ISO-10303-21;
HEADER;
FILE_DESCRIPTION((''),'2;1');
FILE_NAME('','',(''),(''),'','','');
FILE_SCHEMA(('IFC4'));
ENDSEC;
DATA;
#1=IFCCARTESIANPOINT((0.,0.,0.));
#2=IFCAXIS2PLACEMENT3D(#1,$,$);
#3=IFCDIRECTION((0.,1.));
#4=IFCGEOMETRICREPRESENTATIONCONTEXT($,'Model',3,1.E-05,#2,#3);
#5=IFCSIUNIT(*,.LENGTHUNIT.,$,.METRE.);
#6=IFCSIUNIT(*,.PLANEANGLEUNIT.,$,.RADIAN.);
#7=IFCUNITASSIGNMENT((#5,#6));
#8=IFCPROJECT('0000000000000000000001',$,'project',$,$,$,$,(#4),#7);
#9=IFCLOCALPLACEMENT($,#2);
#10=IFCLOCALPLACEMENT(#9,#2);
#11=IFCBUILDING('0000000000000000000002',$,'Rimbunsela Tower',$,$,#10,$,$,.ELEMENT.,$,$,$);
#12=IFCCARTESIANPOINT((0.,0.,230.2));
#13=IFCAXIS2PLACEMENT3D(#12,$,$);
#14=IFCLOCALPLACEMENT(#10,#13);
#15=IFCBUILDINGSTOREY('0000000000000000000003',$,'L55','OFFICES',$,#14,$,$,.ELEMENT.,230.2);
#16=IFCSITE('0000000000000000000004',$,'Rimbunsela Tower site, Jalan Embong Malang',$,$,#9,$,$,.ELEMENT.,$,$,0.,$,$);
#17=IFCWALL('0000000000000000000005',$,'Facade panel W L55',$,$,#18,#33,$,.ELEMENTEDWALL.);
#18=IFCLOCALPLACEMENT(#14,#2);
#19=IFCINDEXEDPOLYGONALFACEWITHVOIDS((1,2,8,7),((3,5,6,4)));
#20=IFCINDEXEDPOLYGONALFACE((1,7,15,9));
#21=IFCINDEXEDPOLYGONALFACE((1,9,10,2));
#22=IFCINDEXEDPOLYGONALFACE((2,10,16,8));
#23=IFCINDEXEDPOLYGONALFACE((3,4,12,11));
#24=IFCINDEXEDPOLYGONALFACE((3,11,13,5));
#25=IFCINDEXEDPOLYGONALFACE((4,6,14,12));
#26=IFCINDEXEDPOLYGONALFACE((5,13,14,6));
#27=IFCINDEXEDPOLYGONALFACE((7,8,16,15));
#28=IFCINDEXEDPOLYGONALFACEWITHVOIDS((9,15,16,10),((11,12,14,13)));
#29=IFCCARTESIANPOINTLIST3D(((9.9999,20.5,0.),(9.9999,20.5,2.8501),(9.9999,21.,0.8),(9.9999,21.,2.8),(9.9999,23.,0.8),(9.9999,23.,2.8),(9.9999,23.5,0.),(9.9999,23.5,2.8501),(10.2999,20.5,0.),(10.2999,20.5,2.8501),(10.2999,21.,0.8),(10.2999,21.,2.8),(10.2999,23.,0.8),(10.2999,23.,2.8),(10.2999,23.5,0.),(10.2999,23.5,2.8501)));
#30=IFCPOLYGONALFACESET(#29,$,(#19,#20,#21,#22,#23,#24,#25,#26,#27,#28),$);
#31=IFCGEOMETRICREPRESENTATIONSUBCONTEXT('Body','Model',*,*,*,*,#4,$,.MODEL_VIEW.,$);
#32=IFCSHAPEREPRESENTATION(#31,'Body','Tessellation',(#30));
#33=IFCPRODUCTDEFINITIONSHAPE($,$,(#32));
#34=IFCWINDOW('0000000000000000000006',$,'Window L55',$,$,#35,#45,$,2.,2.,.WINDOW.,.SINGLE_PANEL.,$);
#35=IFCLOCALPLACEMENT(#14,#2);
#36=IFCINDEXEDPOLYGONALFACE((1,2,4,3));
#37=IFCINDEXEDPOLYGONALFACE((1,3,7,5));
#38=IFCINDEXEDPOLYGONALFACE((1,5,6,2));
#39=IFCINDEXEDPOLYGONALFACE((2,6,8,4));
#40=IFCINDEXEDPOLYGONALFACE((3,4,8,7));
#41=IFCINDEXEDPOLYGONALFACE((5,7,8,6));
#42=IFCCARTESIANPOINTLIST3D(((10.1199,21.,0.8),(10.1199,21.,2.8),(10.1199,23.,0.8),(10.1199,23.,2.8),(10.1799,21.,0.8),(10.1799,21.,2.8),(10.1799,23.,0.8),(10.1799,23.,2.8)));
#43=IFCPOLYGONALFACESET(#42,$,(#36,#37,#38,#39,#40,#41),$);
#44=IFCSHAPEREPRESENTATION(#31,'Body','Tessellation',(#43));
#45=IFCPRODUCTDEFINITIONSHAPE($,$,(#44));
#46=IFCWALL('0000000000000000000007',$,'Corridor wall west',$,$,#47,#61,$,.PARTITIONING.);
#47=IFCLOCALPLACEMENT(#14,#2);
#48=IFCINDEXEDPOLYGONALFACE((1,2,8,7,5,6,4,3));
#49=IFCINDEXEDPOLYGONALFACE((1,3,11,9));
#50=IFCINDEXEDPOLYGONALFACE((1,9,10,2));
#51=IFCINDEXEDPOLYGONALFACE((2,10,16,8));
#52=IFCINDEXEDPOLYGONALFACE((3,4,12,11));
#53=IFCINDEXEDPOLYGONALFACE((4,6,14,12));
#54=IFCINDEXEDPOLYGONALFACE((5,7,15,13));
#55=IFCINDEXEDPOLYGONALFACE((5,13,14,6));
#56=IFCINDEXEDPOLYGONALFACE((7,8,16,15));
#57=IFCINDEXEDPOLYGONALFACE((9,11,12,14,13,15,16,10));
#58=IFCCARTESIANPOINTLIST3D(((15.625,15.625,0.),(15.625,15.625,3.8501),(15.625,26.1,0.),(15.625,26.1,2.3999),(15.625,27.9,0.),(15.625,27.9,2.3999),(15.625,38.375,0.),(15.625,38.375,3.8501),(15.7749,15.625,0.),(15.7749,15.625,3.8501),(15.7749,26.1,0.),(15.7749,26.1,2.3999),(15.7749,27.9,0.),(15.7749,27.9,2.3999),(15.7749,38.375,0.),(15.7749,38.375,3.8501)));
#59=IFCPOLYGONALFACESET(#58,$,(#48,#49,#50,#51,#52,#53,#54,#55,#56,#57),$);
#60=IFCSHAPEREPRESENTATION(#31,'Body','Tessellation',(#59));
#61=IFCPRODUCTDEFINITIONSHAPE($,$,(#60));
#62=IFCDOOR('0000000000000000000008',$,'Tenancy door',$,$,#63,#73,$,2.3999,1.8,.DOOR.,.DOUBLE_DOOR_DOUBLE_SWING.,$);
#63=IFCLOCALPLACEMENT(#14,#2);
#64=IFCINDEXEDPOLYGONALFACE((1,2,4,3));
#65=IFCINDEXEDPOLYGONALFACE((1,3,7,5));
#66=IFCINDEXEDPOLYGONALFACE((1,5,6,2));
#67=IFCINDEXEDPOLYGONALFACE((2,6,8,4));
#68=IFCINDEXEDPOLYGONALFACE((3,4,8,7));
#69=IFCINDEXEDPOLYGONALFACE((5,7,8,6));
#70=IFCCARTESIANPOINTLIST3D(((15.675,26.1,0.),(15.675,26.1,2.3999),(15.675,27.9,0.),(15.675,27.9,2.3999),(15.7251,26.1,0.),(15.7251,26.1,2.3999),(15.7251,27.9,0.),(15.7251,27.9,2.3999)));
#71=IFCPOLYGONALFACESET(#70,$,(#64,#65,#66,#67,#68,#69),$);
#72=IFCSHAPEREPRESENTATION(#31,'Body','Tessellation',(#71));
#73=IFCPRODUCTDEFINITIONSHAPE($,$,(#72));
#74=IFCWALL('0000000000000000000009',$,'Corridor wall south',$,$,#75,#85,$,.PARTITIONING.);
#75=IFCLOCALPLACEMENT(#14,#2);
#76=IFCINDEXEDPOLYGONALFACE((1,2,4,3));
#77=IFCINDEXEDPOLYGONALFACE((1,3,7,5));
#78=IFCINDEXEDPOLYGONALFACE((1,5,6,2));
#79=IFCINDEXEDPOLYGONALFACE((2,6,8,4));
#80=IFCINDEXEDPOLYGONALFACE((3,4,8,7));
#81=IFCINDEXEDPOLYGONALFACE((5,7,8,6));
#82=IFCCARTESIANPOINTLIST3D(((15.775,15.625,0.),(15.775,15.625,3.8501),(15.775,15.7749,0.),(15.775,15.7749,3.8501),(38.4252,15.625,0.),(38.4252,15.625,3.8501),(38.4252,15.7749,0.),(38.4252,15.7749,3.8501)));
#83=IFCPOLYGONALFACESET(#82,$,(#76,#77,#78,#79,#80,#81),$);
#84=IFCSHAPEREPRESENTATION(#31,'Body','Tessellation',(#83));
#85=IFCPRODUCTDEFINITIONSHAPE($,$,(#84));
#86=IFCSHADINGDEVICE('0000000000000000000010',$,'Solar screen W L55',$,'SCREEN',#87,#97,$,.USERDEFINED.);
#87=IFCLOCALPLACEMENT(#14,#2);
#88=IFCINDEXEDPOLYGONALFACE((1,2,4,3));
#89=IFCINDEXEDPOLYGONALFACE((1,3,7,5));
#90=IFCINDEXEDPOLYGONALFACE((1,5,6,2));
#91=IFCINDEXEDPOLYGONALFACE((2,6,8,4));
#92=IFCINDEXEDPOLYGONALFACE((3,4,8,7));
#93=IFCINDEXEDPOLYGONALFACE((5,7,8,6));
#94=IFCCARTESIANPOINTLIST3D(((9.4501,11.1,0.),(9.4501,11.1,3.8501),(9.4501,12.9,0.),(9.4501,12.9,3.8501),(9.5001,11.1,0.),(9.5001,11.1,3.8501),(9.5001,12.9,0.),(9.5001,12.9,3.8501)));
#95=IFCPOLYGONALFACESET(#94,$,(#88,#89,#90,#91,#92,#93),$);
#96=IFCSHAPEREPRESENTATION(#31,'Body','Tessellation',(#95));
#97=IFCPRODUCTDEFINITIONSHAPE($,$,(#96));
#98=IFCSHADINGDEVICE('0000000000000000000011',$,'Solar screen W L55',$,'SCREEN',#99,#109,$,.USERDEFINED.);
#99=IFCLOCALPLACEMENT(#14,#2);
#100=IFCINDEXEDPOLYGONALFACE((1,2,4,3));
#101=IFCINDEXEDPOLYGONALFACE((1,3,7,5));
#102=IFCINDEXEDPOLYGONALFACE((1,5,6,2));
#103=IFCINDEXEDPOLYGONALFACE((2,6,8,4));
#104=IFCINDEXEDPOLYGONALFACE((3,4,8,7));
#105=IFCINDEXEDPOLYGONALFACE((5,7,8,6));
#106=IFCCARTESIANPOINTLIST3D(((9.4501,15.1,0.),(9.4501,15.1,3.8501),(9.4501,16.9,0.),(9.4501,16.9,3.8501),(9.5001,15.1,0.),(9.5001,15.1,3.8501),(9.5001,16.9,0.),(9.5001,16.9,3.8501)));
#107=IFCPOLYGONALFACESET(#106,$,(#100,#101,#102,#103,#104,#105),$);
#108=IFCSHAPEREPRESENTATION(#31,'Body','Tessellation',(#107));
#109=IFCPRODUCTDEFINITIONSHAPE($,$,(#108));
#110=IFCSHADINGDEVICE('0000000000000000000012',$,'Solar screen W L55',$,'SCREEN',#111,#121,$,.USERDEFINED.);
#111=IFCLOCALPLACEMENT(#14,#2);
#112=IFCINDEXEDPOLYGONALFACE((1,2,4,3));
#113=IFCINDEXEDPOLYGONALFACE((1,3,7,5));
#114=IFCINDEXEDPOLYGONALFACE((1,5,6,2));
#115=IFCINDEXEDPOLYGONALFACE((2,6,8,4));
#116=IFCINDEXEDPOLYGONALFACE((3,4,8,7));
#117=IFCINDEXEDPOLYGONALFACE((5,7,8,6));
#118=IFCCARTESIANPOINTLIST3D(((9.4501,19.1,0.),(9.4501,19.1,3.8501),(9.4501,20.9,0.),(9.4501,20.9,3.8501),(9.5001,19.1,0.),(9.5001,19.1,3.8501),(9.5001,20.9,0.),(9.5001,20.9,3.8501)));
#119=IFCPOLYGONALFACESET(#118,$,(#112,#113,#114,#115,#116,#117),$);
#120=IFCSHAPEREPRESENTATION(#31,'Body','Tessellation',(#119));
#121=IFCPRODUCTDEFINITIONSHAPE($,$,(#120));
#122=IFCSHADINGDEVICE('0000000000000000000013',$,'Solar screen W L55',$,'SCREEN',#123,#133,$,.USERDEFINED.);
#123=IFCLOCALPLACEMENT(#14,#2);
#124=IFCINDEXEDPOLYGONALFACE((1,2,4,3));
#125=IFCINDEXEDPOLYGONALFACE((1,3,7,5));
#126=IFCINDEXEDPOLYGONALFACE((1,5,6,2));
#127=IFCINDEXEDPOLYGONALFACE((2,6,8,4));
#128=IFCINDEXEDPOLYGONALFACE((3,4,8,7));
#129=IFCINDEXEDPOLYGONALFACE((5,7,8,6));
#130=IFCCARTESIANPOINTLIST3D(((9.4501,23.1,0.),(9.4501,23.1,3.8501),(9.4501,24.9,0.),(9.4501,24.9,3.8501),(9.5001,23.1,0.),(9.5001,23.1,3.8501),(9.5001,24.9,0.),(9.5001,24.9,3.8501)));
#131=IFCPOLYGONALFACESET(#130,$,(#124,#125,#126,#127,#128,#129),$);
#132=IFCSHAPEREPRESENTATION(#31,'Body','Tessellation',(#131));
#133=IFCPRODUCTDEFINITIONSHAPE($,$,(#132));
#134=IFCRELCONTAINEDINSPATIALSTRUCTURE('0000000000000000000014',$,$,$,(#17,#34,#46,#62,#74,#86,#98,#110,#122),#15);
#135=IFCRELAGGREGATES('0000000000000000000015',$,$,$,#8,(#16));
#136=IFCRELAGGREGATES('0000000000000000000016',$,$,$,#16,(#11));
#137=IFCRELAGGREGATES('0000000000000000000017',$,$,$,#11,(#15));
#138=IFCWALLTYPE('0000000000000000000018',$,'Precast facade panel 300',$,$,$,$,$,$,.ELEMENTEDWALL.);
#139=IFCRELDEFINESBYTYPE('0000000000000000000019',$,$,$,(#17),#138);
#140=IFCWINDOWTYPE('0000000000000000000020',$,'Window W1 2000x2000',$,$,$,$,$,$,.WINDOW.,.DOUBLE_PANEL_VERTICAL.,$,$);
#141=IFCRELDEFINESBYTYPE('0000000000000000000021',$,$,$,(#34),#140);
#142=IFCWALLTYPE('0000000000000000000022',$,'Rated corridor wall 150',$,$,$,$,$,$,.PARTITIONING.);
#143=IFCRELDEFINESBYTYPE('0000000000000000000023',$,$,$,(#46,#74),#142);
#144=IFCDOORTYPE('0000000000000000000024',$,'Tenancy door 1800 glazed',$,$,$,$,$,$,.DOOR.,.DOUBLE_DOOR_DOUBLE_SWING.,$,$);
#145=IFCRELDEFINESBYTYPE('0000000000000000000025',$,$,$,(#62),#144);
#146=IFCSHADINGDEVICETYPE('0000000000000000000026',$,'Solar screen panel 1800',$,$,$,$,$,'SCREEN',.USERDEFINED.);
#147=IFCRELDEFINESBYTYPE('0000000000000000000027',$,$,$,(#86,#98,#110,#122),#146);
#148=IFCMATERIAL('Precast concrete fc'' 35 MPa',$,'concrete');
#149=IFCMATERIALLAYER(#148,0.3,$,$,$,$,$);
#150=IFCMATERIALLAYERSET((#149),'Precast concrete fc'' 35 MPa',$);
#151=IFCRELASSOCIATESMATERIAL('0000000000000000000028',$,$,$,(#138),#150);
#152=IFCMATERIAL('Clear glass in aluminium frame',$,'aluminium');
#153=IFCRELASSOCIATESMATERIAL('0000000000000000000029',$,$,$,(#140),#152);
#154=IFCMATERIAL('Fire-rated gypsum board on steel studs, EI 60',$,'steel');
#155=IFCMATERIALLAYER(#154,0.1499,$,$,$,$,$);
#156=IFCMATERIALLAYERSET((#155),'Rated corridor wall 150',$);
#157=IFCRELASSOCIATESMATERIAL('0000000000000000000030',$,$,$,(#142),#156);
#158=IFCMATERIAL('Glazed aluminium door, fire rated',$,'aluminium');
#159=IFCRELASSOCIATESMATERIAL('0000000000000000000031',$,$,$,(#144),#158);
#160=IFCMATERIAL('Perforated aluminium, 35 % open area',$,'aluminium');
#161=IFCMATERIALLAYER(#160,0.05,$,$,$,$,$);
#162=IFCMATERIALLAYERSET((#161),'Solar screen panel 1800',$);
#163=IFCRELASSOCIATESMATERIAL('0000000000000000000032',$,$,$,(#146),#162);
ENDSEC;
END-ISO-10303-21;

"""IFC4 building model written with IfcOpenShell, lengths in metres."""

from ifc_helpers import new_model, si_unit, direction, frame, frame_2d, origin, origin_2d, place, context, subcontext, project, spatial, rectangle, extrude, material, layer, layer_set, type_object, element, fill, save


model = new_model("IFC4")

# Units and contexts
model_context = context("Model", 3, precision=1e-05, world=origin(), true_north=direction((0.0, 1.0)))
body_context = subcontext(model_context, "Body", "Model", "MODEL_VIEW")
ifc_project = project(units=[si_unit("LENGTHUNIT", "METRE"), si_unit("PLANEANGLEUNIT", "RADIAN")], contexts=[model_context])

# Site, building, storey
site_placement = place(None, origin())
site = spatial("IfcSite", under=ifc_project, at=site_placement, Name="Rimbunsela Tower site, Jalan Embong Malang", CompositionType="ELEMENT", RefElevation=0.0)
building_placement = place(site_placement, origin())
building = spatial("IfcBuilding", under=site, at=building_placement, Name="Rimbunsela Tower", CompositionType="ELEMENT")
storey_placement = place(building_placement, frame((0.0, 0.0, 230.2)))
storey = spatial("IfcBuildingStorey", under=building, at=storey_placement, Name="L55", Description="OFFICES", CompositionType="ELEMENT", Elevation=230.2)

# Shared definitions
ifc_material_1 = material(Name="Precast concrete fc' 35 MPa", Category="concrete")
ifc_layer_1 = layer(ifc_material_1, 0.3)
ifc_layer_set_1 = layer_set([ifc_layer_1], Name="Precast concrete fc' 35 MPa")
wall_type_1 = type_object("IfcWallType", Name="Precast facade panel 300", PredefinedType="ELEMENTEDWALL", material=ifc_layer_set_1)

# Wall, opening, window
ifc_material_2 = material(Name="Clear glass in aluminium frame", Category="aluminium")
window_type = type_object("IfcWindowType", Name="Window W1 2000x2000", PartitioningType="DOUBLE_PANEL_VERTICAL", PredefinedType="WINDOW", material=ifc_material_2)
wall_1_placement = place(storey_placement, frame((10.1499, 23.5, 0.0), z_axis=(0.0, 0.0, 1.0), x_axis=(0.0, -1.0, 0.0)))
wall_1 = element("IfcWall", 1, at=wall_1_placement, inside=storey, type_object=wall_type_1, Name="Facade panel W L55", PredefinedType="ELEMENTEDWALL", context=body_context, shape_type="SweptSolid", body=[
    extrude(rectangle(XDim=3.0, YDim=0.3, at=frame_2d((1.5, 0.0))), origin(), (0.0, 0.0, 1.0), 2.8501),
])
opening_1_placement = place(wall_1_placement, frame((0.5, 0.0, 0.8)))
opening_1 = element("IfcOpeningElement", 2, at=opening_1_placement, cuts=wall_1, PredefinedType="OPENING", context=body_context, shape_type="SweptSolid", body=[
    extrude(rectangle(XDim=2.0, YDim=2.0, at=frame_2d((1.0, 1.0))), frame((0.0, 0.1599, 0.0), z_axis=(0.0, -1.0, 0.0), x_axis=(1.0, 0.0, 0.0)), (0.0, 0.0, 1.0), 0.3201),
])
window_1_placement = place(opening_1_placement, origin())
window_1 = element("IfcWindow", 3, at=window_1_placement, inside=storey, type_object=window_type, Name="Window L55", OverallHeight=2.0, OverallWidth=2.0, PartitioningType="SINGLE_PANEL", PredefinedType="WINDOW", context=body_context, shape_type="SweptSolid", body=[
    extrude(rectangle(XDim=2.0, YDim=2.0, at=frame_2d((1.0, 1.0))), frame((0.0, 0.03, 0.0), z_axis=(0.0, -1.0, 0.0), x_axis=(1.0, 0.0, 0.0)), (0.0, 0.0, 1.0), 0.0601),
])
fill(opening_1, window_1)

# Wall, opening, door
ifc_material_3 = material(Name="Fire-rated gypsum board on steel studs, EI 60", Category="steel")
ifc_layer_2 = layer(ifc_material_3, 0.1499)
ifc_layer_set_2 = layer_set([ifc_layer_2], Name="Rated corridor wall 150")
wall_type_2 = type_object("IfcWallType", Name="Rated corridor wall 150", PredefinedType="PARTITIONING", material=ifc_layer_set_2)
wall_2_placement = place(storey_placement, frame((15.7, 15.625, 0.0), z_axis=(0.0, 0.0, 1.0), x_axis=(0.0, 1.0, 0.0)))
wall_2 = element("IfcWall", 4, at=wall_2_placement, inside=storey, type_object=wall_type_2, Name="Corridor wall west", PredefinedType="PARTITIONING", context=body_context, shape_type="SweptSolid", body=[
    extrude(rectangle(XDim=22.75, YDim=0.1499, at=frame_2d((11.375, 0.0))), origin(), (0.0, 0.0, 1.0), 3.8501),
])
opening_2_placement = place(wall_2_placement, frame((10.4751, 0.0, 0.0)))
opening_2 = element("IfcOpeningElement", 5, at=opening_2_placement, cuts=wall_2, PredefinedType="OPENING", context=body_context, shape_type="SweptSolid", body=[
    extrude(rectangle(XDim=1.8, YDim=2.3999, at=frame_2d((0.8999, 1.2))), frame((0.0, 0.085, 0.0), z_axis=(0.0, -1.0, 0.0), x_axis=(1.0, 0.0, 0.0)), (0.0, 0.0, 1.0), 0.1699),
])
ifc_material_4 = material(Name="Glazed aluminium door, fire rated", Category="aluminium")
door_type_1 = type_object("IfcDoorType", Name="Tenancy door 1800 glazed", OperationType="DOUBLE_DOOR_DOUBLE_SWING", PredefinedType="DOOR", material=ifc_material_4)
door_1_placement = place(opening_2_placement, origin())
door_1 = element("IfcDoor", 6, at=door_1_placement, inside=storey, type_object=door_type_1, Name="Tenancy door", OperationType="DOUBLE_DOOR_DOUBLE_SWING", OverallHeight=2.3999, OverallWidth=1.8, PredefinedType="DOOR", context=body_context, shape_type="SweptSolid", body=[
    extrude(rectangle(XDim=1.8, YDim=2.3999, at=frame_2d((0.8999, 1.2))), frame((0.0, 0.0249, 0.0), z_axis=(0.0, -1.0, 0.0), x_axis=(1.0, 0.0, 0.0)), (0.0, 0.0, 1.0), 0.05),
])
fill(opening_2, door_1)

# Wall
wall_3_placement = place(storey_placement, frame((15.7749, 15.7, 0.0), z_axis=(0.0, 0.0, 1.0), x_axis=(1.0, 0.0, 0.0)))
element("IfcWall", 7, at=wall_3_placement, inside=storey, type_object=wall_type_2, Name="Corridor wall south", PredefinedType="PARTITIONING", context=body_context, shape_type="SweptSolid", body=[
    extrude(rectangle(XDim=22.6501, YDim=0.1499, at=frame_2d((11.3252, 0.0))), origin(), (0.0, 0.0, 1.0), 3.8501),
])

# Shading devices
ifc_material_5 = material(Name="Perforated aluminium, 35 % open area", Category="aluminium")
ifc_layer_3 = layer(ifc_material_5, 0.05)
ifc_layer_set_3 = layer_set([ifc_layer_3], Name="Solar screen panel 1800")
shading_device_type = type_object("IfcShadingDeviceType", Name="Solar screen panel 1800", ElementType="SCREEN", PredefinedType="USERDEFINED", material=ifc_layer_set_3)
for number, where, z_axis, x_axis, name in (
    (8, (9.4751, 12.0, 0.0), (0.0, 0.0, 1.0), (0.0, 1.0, 0.0), "Solar screen W L55"),
    (9, (9.4751, 16.0, 0.0), (0.0, 0.0, 1.0), (0.0, 1.0, 0.0), "Solar screen W L55"),
    (10, (9.4751, 20.0, 0.0), (0.0, 0.0, 1.0), (0.0, 1.0, 0.0), "Solar screen W L55"),
    (11, (9.4751, 24.0, 0.0), (0.0, 0.0, 1.0), (0.0, 1.0, 0.0), "Solar screen W L55"),
):
    element("IfcShadingDevice", number, at=place(storey_placement, frame(where, z_axis=z_axis, x_axis=x_axis)), inside=storey, type_object=shading_device_type, Name=name, ObjectType="SCREEN", PredefinedType="USERDEFINED", context=body_context, shape_type="SweptSolid", body=[
        extrude(rectangle(XDim=1.8, YDim=0.05, at=origin_2d()), origin(), (0.0, 0.0, 1.0), 3.8501),
    ])

save(model, "model.ifc")
